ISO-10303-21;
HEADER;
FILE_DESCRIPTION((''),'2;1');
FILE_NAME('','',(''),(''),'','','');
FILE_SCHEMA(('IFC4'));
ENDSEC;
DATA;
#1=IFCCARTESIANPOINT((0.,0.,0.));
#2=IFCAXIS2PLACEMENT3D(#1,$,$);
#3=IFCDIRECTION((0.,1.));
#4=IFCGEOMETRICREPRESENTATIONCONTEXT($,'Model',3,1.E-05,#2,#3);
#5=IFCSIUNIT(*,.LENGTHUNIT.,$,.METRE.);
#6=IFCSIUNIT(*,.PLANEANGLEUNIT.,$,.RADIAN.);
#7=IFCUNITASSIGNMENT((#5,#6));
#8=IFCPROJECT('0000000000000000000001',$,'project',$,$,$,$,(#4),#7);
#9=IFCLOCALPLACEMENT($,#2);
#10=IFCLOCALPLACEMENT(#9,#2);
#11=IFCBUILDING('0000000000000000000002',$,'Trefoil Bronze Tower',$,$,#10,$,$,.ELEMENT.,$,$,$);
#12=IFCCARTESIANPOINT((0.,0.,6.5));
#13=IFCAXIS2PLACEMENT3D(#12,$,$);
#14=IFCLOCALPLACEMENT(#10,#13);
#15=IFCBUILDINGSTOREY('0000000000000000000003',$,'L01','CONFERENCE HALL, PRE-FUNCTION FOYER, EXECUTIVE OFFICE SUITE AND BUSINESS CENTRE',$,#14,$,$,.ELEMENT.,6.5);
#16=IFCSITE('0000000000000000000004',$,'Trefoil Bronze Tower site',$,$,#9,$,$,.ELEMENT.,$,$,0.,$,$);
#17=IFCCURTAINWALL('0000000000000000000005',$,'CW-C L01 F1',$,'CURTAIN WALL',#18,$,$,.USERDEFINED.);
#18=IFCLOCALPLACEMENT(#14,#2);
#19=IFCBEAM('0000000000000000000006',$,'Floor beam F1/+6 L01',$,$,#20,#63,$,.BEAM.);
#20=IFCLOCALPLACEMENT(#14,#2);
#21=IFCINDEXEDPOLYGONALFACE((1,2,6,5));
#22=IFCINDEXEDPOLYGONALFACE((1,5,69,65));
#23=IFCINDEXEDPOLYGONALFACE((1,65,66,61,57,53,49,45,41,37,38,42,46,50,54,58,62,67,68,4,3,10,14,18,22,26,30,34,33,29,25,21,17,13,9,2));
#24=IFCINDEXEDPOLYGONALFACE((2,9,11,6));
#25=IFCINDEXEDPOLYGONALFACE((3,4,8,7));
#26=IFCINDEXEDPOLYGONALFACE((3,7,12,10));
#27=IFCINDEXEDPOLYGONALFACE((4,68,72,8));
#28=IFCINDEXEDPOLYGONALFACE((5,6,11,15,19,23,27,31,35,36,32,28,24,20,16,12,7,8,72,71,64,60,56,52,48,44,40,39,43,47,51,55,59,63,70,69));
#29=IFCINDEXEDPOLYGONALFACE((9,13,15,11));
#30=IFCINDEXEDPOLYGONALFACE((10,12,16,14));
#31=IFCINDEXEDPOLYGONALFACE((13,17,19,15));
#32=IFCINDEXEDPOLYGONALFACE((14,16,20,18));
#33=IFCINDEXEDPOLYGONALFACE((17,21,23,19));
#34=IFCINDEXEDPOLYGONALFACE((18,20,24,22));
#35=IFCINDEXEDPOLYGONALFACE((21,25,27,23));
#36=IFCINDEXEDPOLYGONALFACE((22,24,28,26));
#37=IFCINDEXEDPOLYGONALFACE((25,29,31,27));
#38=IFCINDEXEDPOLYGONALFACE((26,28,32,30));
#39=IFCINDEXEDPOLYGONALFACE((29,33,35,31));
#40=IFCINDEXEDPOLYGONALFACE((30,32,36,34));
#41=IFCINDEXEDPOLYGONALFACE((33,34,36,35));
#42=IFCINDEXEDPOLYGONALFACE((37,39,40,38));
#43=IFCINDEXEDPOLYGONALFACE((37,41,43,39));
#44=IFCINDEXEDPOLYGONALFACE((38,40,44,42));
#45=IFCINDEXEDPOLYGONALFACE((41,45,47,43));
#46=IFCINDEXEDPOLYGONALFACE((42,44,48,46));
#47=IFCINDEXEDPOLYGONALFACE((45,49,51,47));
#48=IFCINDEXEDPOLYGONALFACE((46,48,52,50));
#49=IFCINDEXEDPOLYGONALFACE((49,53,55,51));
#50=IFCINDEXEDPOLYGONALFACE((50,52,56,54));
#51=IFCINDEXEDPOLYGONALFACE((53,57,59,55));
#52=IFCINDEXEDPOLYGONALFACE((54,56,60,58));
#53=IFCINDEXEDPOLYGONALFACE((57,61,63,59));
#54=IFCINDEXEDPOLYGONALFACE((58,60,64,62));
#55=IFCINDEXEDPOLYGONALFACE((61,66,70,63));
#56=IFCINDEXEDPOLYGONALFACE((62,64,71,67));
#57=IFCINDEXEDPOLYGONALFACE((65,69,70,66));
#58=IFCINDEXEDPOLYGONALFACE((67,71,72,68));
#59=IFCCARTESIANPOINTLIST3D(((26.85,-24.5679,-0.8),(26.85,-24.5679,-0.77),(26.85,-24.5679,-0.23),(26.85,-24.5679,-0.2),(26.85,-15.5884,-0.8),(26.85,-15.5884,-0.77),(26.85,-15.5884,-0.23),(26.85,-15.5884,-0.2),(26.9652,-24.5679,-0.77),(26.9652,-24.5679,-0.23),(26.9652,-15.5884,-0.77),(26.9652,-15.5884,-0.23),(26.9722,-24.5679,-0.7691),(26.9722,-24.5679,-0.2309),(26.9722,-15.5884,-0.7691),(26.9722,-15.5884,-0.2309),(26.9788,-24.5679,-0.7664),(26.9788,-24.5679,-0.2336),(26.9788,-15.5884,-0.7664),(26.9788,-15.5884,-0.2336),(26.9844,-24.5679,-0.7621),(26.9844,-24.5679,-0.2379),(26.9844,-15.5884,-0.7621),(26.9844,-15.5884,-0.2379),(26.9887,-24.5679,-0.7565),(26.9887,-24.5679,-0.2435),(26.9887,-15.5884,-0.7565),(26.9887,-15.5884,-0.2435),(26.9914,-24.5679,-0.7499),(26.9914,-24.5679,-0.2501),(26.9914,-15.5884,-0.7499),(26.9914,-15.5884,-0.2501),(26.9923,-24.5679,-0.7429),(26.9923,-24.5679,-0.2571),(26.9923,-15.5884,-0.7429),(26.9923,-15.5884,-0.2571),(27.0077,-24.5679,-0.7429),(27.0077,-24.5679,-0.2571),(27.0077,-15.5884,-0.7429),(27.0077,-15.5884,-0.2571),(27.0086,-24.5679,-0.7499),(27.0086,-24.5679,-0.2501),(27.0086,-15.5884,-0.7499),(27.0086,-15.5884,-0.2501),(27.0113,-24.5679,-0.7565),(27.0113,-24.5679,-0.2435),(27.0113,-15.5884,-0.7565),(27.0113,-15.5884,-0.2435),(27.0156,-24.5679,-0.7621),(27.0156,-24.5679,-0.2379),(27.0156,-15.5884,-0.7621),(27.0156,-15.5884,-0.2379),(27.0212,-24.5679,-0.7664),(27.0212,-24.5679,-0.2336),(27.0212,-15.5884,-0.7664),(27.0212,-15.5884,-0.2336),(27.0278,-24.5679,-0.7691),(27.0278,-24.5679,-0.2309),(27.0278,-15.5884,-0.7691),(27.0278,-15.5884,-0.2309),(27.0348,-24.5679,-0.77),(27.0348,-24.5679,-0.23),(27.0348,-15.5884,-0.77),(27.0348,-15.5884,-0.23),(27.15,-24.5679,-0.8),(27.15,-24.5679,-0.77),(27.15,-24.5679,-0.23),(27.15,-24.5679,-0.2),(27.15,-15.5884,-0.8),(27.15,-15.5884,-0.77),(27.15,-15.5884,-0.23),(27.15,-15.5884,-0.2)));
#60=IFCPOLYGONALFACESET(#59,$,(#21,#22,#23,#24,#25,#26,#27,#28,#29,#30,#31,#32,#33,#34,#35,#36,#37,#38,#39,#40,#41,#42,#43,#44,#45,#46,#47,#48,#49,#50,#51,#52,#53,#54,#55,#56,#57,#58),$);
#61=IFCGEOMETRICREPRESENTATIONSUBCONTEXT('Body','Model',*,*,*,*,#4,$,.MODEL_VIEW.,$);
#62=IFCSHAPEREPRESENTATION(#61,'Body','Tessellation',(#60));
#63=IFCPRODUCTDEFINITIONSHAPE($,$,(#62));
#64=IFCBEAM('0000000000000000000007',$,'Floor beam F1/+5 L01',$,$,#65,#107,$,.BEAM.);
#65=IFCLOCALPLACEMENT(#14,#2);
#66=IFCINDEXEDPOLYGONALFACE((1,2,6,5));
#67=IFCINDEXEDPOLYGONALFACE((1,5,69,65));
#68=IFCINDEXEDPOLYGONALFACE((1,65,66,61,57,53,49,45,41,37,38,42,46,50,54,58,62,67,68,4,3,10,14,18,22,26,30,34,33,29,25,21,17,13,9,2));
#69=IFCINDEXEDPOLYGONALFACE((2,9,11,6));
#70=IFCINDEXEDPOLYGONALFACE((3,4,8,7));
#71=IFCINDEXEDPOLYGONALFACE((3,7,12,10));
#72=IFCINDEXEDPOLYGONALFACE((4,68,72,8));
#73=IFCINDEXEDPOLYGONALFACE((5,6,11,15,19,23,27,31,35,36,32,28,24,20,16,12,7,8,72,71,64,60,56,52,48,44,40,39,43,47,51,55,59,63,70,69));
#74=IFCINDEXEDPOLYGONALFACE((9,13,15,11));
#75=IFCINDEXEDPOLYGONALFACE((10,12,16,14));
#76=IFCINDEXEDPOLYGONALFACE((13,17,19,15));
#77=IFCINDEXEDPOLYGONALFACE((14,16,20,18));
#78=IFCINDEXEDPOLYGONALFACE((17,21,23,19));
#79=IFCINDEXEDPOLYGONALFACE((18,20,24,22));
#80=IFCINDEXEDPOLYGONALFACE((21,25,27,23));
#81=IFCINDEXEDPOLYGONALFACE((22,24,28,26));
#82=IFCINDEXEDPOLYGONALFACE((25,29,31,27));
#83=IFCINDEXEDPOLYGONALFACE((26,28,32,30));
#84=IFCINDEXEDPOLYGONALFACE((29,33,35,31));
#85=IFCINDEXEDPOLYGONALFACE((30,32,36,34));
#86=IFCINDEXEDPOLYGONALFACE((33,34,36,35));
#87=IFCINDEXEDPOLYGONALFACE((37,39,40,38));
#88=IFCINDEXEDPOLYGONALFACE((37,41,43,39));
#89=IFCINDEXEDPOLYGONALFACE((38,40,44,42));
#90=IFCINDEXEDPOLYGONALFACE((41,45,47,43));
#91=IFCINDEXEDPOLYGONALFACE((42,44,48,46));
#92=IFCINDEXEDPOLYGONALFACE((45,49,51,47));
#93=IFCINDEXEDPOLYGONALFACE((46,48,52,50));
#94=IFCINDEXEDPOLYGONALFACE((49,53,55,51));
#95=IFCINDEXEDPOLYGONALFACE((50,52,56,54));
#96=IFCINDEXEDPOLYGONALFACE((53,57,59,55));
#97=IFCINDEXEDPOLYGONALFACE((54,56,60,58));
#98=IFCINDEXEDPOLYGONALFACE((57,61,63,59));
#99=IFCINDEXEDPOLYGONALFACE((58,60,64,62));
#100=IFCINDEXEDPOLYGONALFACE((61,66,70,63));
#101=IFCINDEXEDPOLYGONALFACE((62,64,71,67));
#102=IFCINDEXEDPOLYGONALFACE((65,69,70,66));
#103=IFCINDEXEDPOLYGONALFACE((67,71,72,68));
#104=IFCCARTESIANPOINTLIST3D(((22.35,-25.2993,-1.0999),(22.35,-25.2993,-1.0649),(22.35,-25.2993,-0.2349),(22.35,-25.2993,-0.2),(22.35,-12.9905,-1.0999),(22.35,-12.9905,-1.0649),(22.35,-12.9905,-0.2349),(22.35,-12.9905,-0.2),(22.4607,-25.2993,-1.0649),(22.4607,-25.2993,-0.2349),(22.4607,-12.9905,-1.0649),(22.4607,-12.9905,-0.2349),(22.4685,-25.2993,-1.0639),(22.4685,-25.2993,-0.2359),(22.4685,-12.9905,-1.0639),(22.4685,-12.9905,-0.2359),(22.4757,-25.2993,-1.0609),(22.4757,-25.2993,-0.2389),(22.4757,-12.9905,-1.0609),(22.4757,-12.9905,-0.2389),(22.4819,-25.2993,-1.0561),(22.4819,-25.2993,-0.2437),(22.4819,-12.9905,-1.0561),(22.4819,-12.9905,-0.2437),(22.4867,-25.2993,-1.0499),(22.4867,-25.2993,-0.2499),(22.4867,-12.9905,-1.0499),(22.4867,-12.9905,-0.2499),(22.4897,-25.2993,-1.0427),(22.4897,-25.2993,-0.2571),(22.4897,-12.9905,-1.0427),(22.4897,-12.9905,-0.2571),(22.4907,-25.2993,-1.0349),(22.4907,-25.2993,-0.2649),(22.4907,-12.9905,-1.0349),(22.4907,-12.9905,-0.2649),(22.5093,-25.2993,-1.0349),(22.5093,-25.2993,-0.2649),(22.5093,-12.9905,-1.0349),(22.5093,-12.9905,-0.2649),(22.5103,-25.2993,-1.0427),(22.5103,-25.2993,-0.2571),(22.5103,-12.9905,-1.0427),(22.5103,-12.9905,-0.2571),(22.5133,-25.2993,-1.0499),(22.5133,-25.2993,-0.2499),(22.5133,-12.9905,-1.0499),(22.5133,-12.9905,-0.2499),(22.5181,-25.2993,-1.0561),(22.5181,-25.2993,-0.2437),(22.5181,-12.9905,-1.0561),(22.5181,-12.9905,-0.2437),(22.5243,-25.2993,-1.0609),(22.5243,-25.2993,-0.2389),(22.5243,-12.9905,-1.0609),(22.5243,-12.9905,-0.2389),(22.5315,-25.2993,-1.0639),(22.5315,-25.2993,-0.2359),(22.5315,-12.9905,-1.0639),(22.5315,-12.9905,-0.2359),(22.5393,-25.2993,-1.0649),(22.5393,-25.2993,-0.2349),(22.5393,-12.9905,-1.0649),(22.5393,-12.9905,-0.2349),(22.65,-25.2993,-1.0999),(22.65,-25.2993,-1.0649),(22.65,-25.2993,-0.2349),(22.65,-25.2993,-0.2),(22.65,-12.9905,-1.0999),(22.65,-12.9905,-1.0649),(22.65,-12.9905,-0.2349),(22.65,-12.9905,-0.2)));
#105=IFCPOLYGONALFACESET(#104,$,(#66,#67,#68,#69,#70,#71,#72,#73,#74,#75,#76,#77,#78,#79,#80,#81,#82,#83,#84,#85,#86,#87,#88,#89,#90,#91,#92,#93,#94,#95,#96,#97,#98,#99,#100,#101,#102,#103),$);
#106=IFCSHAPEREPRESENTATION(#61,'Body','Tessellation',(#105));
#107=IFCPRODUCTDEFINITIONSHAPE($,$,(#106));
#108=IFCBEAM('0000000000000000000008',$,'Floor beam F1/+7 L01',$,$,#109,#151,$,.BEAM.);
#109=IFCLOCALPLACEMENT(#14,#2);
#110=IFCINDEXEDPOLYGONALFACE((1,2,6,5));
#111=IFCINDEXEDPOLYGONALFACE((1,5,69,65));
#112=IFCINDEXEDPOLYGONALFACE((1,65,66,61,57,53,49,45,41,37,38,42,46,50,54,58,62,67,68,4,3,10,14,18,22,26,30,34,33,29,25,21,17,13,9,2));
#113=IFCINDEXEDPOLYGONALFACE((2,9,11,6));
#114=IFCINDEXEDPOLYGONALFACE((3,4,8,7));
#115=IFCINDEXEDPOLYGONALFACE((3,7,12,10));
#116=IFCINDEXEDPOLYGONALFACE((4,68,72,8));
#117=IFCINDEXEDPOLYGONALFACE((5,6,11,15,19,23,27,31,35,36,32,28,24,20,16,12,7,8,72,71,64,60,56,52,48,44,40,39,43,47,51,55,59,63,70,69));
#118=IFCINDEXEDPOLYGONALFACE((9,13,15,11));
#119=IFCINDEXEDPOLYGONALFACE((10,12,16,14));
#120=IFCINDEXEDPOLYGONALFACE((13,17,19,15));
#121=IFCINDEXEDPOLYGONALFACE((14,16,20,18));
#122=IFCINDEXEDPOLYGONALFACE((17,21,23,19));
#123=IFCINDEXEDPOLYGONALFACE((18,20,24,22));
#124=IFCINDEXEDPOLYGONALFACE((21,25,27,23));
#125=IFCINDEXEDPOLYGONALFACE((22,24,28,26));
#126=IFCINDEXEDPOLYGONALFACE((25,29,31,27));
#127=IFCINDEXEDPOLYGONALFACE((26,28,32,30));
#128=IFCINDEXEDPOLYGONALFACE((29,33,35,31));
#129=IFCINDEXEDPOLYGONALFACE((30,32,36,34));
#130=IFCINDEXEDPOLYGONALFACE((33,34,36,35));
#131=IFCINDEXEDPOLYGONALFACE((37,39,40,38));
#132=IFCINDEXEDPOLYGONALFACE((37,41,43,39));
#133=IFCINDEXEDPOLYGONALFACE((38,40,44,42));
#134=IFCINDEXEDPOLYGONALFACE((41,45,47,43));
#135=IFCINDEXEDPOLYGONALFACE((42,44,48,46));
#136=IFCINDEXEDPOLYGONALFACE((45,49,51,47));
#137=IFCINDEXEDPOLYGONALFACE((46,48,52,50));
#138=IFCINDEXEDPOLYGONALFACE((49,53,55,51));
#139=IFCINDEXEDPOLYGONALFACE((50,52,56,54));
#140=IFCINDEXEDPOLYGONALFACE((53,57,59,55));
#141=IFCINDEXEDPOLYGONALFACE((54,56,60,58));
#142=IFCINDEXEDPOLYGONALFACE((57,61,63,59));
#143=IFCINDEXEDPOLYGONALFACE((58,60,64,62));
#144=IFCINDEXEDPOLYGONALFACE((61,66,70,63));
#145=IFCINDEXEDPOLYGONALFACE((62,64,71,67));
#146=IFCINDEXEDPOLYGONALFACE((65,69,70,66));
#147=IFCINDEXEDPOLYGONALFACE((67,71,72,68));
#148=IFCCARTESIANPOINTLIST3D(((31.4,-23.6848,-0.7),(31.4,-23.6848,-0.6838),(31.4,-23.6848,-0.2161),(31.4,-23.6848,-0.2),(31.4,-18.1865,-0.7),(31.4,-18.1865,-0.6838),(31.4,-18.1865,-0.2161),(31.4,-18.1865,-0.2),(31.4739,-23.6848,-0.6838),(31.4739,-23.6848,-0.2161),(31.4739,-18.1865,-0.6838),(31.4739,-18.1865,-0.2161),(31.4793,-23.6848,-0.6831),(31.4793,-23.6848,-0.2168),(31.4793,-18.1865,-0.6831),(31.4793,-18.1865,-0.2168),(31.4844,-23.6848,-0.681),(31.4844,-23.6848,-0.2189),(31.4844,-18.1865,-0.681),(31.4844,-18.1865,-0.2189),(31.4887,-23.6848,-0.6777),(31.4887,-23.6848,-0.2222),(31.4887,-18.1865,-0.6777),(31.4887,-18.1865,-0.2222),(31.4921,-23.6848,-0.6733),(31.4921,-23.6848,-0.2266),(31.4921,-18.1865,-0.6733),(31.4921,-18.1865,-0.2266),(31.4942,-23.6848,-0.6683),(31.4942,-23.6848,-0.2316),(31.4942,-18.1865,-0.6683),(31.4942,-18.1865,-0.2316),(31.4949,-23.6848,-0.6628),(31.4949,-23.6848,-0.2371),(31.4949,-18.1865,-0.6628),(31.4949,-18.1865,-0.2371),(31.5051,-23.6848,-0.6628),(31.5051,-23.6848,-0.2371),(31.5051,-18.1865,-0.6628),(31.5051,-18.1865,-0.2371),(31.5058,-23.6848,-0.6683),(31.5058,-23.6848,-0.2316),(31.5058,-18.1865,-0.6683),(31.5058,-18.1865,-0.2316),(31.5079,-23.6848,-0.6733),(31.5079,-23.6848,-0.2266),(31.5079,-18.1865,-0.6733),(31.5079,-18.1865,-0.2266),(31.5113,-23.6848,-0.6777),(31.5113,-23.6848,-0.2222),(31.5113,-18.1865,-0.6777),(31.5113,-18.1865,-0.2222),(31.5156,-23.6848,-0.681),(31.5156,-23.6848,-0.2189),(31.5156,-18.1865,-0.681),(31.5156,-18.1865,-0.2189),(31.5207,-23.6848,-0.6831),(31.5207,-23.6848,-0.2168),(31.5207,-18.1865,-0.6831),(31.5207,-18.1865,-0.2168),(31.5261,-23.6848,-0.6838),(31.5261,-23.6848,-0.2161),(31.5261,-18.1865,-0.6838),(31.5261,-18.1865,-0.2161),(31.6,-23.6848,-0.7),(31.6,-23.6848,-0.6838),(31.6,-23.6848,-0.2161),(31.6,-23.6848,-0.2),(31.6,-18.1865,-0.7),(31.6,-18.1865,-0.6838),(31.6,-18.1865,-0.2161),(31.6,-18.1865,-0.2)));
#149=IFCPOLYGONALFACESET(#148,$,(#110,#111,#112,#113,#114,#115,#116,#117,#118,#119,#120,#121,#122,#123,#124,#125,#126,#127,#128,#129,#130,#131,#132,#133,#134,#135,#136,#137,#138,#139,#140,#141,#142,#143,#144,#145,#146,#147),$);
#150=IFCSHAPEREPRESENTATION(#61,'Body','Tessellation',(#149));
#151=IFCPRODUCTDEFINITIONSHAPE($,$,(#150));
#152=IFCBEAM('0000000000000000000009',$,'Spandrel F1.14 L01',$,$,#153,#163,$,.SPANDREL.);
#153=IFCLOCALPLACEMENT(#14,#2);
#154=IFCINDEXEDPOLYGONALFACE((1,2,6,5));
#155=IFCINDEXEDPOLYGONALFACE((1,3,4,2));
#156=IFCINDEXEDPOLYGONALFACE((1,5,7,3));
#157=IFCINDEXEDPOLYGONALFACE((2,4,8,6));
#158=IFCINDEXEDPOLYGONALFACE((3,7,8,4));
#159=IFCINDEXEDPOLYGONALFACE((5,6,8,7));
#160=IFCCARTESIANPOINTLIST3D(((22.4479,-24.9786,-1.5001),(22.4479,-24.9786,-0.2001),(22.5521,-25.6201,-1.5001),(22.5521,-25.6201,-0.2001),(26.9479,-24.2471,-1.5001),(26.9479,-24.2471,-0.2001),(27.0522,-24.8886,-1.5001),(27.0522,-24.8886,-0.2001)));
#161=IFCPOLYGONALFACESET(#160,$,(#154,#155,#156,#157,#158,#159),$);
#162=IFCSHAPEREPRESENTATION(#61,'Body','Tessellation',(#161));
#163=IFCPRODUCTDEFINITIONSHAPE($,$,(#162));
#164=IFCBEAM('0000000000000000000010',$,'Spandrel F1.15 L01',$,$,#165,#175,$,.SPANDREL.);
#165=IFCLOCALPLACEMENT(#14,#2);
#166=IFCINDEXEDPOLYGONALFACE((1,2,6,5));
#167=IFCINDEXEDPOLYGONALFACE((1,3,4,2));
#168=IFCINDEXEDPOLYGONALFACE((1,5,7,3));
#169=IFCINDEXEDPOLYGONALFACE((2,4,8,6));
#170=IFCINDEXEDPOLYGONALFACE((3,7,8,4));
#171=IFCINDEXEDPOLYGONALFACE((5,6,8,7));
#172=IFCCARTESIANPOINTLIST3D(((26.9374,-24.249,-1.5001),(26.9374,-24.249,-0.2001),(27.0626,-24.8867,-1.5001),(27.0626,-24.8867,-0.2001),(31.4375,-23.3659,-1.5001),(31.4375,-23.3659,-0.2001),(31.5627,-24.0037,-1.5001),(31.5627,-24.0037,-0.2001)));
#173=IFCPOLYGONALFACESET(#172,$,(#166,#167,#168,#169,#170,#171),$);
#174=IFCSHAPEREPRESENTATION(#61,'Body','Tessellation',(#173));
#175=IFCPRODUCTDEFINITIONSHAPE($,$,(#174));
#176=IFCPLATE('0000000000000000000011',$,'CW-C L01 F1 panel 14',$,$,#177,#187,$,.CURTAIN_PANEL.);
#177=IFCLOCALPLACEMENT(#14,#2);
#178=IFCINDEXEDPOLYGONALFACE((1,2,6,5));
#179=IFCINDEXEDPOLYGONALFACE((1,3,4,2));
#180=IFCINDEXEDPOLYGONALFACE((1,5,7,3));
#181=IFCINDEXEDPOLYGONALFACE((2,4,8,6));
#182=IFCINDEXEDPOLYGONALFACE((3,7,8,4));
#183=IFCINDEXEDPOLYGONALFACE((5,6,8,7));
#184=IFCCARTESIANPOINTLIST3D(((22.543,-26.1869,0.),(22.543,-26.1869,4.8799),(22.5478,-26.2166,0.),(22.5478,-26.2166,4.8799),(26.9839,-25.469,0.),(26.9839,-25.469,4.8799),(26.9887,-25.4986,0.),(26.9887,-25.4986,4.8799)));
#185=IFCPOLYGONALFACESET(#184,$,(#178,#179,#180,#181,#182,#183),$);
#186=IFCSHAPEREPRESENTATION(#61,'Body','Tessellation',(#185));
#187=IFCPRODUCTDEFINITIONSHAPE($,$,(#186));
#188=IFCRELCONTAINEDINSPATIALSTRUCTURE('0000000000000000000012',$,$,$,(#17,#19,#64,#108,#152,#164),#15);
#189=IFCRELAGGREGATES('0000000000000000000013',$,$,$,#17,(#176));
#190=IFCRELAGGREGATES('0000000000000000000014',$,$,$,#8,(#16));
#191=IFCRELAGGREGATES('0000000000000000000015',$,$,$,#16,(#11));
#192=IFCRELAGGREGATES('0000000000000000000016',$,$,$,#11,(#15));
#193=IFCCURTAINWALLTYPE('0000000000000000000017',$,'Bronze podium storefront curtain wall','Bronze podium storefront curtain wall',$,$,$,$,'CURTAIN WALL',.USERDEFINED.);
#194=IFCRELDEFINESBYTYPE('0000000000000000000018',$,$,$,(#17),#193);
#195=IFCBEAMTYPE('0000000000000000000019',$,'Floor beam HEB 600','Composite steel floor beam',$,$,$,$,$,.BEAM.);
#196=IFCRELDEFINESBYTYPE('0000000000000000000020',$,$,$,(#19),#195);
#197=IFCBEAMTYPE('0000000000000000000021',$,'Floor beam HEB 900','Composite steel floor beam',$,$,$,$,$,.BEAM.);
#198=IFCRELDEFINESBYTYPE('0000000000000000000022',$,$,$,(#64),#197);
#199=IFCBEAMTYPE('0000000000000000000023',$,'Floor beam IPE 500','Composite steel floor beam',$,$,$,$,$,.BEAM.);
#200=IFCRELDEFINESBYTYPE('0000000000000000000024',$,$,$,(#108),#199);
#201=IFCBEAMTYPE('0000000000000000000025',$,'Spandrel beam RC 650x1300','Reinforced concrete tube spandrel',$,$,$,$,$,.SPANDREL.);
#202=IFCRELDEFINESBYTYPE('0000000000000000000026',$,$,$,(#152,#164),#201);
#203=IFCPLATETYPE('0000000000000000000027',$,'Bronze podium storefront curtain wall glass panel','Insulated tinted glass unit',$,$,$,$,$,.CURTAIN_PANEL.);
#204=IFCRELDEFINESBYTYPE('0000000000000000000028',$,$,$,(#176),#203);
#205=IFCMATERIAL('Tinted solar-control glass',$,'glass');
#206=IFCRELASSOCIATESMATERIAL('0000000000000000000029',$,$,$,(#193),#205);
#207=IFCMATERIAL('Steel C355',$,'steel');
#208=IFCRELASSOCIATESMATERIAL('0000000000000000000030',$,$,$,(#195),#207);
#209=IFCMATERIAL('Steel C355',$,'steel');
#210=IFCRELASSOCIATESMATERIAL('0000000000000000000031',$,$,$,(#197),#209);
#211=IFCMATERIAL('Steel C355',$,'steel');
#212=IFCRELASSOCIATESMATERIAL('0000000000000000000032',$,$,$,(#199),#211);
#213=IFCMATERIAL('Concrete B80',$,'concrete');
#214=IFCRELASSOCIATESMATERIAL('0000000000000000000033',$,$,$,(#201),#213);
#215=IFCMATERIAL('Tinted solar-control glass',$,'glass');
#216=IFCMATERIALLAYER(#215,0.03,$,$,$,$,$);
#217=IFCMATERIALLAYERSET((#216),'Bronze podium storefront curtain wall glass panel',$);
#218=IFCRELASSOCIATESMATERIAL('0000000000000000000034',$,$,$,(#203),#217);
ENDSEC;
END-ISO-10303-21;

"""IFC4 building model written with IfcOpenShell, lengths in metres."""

from ifc_helpers import new_model, si_unit, direction, frame, origin, origin_2d, place, context, subcontext, project, spatial, rectangle, i_section, extrude, material, layer, layer_set, material_profile, profile_set, type_object, element, aggregate, save


model = new_model("IFC4")

# Units and contexts
model_context = context("Model", 3, precision=1e-05, world=origin(), true_north=direction((0.0, 1.0)))
body_context = subcontext(model_context, "Body", "Model", "MODEL_VIEW")
ifc_project = project(units=[si_unit("LENGTHUNIT", "METRE"), si_unit("PLANEANGLEUNIT", "RADIAN")], contexts=[model_context])

# Site, building, storey
site_placement = place(None, origin())
site = spatial("IfcSite", under=ifc_project, at=site_placement, Name="Trefoil Bronze Tower site", CompositionType="ELEMENT", RefElevation=0.0)
building_placement = place(site_placement, origin())
building = spatial("IfcBuilding", under=site, at=building_placement, Name="Trefoil Bronze Tower", CompositionType="ELEMENT")
storey_placement = place(building_placement, frame((0.0, 0.0, 6.5)))
storey = spatial("IfcBuildingStorey", under=building, at=storey_placement, Name="L01", Description="CONFERENCE HALL, PRE-FUNCTION FOYER, EXECUTIVE OFFICE SUITE AND BUSINESS CENTRE", CompositionType="ELEMENT", Elevation=6.5)

# Curtain wall
ifc_material_1 = material(Name="Tinted solar-control glass", Category="glass")
curtain_wall_type_1 = type_object("IfcCurtainWallType", Name="Bronze podium storefront curtain wall", Description="Bronze podium storefront curtain wall", ElementType="CURTAIN WALL", PredefinedType="USERDEFINED", material=ifc_material_1)
curtain_wall_1_placement = place(storey_placement, origin())
curtain_wall_1 = element("IfcCurtainWall", 1, at=curtain_wall_1_placement, inside=storey, type_object=curtain_wall_type_1, Name="CW-C L01 F1", ObjectType="CURTAIN WALL", PredefinedType="USERDEFINED")

# Beams
ifc_material_2 = material(Name="Steel C355", Category="steel")
ifc_material_profile_1 = material_profile(ifc_material_2, i_section(OverallWidth=0.3, OverallDepth=0.6001, WebThickness=0.0154, FlangeThickness=0.03, FilletRadius=0.0271, at=origin_2d()), Name="HEB 600")
ifc_profile_set_1 = profile_set([ifc_material_profile_1], Name="Steel C355")
beam_type_1 = type_object("IfcBeamType", Name="Floor beam HEB 600", Description="Composite steel floor beam", PredefinedType="BEAM", material=ifc_profile_set_1)
beam_1_placement = place(storey_placement, frame((27.0, -24.5679, -0.5), z_axis=(0.0, 1.0, 0.0), x_axis=(-1.0, 0.0, 0.0)))
element("IfcBeam", 2, at=beam_1_placement, inside=storey, type_object=beam_type_1, Name="Floor beam F1/+6 L01", PredefinedType="BEAM", context=body_context, shape_type="SweptSolid", body=[
    extrude(i_section(OverallWidth=0.3, OverallDepth=0.6001, WebThickness=0.0154, FlangeThickness=0.03, FilletRadius=0.0271, at=origin_2d()), origin(), (0.0, 0.0, 1.0), 8.9795),
])
ifc_material_3 = material(Name="Steel C355", Category="steel")
ifc_material_profile_2 = material_profile(ifc_material_3, i_section(OverallWidth=0.3, OverallDepth=0.8999, WebThickness=0.0186, FlangeThickness=0.0349, FilletRadius=0.03, at=origin_2d()), Name="HEB 900")
ifc_profile_set_2 = profile_set([ifc_material_profile_2], Name="Steel C355")
beam_type_2 = type_object("IfcBeamType", Name="Floor beam HEB 900", Description="Composite steel floor beam", PredefinedType="BEAM", material=ifc_profile_set_2)
beam_2_placement = place(storey_placement, frame((22.5, -25.2993, -0.6499), z_axis=(0.0, 1.0, 0.0), x_axis=(-1.0, 0.0, 0.0)))
element("IfcBeam", 3, at=beam_2_placement, inside=storey, type_object=beam_type_2, Name="Floor beam F1/+5 L01", PredefinedType="BEAM", context=body_context, shape_type="SweptSolid", body=[
    extrude(i_section(OverallWidth=0.3, OverallDepth=0.8999, WebThickness=0.0186, FlangeThickness=0.0349, FilletRadius=0.03, at=origin_2d()), origin(), (0.0, 0.0, 1.0), 12.3088),
])
ifc_material_4 = material(Name="Steel C355", Category="steel")
ifc_material_profile_3 = material_profile(ifc_material_4, i_section(OverallWidth=0.2, OverallDepth=0.5, WebThickness=0.0103, FlangeThickness=0.0161, FilletRadius=0.021, at=origin_2d()), Name="IPE 500")
ifc_profile_set_3 = profile_set([ifc_material_profile_3], Name="Steel C355")
beam_type_3 = type_object("IfcBeamType", Name="Floor beam IPE 500", Description="Composite steel floor beam", PredefinedType="BEAM", material=ifc_profile_set_3)
beam_3_placement = place(storey_placement, frame((31.5, -23.6848, -0.45), z_axis=(0.0, 1.0, 0.0), x_axis=(-1.0, 0.0, 0.0)))
element("IfcBeam", 4, at=beam_3_placement, inside=storey, type_object=beam_type_3, Name="Floor beam F1/+7 L01", PredefinedType="BEAM", context=body_context, shape_type="SweptSolid", body=[
    extrude(i_section(OverallWidth=0.2, OverallDepth=0.5, WebThickness=0.0103, FlangeThickness=0.0161, FilletRadius=0.021, at=origin_2d()), origin(), (0.0, 0.0, 1.0), 5.4983),
])
ifc_material_5 = material(Name="Concrete B80", Category="concrete")
ifc_material_profile_4 = material_profile(ifc_material_5, rectangle(XDim=0.6499, YDim=1.3, at=origin_2d()), Name="RC 650x1300")
ifc_profile_set_4 = profile_set([ifc_material_profile_4], Name="Concrete B80")
beam_type_4 = type_object("IfcBeamType", Name="Spandrel beam RC 650x1300", Description="Reinforced concrete tube spandrel", PredefinedType="SPANDREL", material=ifc_profile_set_4)
beam_4_placement = place(storey_placement, frame((22.5, -25.2993, -0.8501), z_axis=(0.987046, 0.160438, 0.0), x_axis=(-0.160438, 0.987046, 0.0)))
element("IfcBeam", 5, at=beam_4_placement, inside=storey, type_object=beam_type_4, Name="Spandrel F1.14 L01", PredefinedType="SPANDREL", context=body_context, shape_type="SweptSolid", body=[
    extrude(rectangle(XDim=0.6499, YDim=1.3, at=origin_2d()), origin(), (0.0, 0.0, 1.0), 4.5591),
])
beam_5_placement = place(storey_placement, frame((27.0, -24.5679, -0.8501), z_axis=(0.981285, 0.192562, 0.0), x_axis=(-0.192562, 0.981285, 0.0)))
element("IfcBeam", 6, at=beam_5_placement, inside=storey, type_object=beam_type_4, Name="Spandrel F1.15 L01", PredefinedType="SPANDREL", context=body_context, shape_type="SweptSolid", body=[
    extrude(rectangle(XDim=0.6499, YDim=1.3, at=origin_2d()), origin(), (0.0, 0.0, 1.0), 4.5859),
])

# Plate
ifc_material_6 = material(Name="Tinted solar-control glass", Category="glass")
ifc_layer_1 = layer(ifc_material_6, 0.03)
ifc_layer_set_1 = layer_set([ifc_layer_1], Name="Bronze podium storefront curtain wall glass panel")
plate_type_1 = type_object("IfcPlateType", Name="Bronze podium storefront curtain wall glass panel", Description="Insulated tinted glass unit", PredefinedType="CURTAIN_PANEL", material=ifc_layer_set_1)
plate_1_placement = place(storey_placement, frame((24.7659, -25.8428, 0.0), z_axis=(0.0, 0.0, 1.0), x_axis=(0.987181, 0.159603, 0.0)))
plate_1 = element("IfcPlate", 7, at=plate_1_placement, type_object=plate_type_1, Name="CW-C L01 F1 panel 14", PredefinedType="CURTAIN_PANEL", context=body_context, shape_type="SweptSolid", body=[
    extrude(rectangle(XDim=4.4985, YDim=0.03, at=origin_2d()), origin(), (0.0, 0.0, 1.0), 4.8799),
])
aggregate(curtain_wall_1, [plate_1])

save(model, "model.ifc")
